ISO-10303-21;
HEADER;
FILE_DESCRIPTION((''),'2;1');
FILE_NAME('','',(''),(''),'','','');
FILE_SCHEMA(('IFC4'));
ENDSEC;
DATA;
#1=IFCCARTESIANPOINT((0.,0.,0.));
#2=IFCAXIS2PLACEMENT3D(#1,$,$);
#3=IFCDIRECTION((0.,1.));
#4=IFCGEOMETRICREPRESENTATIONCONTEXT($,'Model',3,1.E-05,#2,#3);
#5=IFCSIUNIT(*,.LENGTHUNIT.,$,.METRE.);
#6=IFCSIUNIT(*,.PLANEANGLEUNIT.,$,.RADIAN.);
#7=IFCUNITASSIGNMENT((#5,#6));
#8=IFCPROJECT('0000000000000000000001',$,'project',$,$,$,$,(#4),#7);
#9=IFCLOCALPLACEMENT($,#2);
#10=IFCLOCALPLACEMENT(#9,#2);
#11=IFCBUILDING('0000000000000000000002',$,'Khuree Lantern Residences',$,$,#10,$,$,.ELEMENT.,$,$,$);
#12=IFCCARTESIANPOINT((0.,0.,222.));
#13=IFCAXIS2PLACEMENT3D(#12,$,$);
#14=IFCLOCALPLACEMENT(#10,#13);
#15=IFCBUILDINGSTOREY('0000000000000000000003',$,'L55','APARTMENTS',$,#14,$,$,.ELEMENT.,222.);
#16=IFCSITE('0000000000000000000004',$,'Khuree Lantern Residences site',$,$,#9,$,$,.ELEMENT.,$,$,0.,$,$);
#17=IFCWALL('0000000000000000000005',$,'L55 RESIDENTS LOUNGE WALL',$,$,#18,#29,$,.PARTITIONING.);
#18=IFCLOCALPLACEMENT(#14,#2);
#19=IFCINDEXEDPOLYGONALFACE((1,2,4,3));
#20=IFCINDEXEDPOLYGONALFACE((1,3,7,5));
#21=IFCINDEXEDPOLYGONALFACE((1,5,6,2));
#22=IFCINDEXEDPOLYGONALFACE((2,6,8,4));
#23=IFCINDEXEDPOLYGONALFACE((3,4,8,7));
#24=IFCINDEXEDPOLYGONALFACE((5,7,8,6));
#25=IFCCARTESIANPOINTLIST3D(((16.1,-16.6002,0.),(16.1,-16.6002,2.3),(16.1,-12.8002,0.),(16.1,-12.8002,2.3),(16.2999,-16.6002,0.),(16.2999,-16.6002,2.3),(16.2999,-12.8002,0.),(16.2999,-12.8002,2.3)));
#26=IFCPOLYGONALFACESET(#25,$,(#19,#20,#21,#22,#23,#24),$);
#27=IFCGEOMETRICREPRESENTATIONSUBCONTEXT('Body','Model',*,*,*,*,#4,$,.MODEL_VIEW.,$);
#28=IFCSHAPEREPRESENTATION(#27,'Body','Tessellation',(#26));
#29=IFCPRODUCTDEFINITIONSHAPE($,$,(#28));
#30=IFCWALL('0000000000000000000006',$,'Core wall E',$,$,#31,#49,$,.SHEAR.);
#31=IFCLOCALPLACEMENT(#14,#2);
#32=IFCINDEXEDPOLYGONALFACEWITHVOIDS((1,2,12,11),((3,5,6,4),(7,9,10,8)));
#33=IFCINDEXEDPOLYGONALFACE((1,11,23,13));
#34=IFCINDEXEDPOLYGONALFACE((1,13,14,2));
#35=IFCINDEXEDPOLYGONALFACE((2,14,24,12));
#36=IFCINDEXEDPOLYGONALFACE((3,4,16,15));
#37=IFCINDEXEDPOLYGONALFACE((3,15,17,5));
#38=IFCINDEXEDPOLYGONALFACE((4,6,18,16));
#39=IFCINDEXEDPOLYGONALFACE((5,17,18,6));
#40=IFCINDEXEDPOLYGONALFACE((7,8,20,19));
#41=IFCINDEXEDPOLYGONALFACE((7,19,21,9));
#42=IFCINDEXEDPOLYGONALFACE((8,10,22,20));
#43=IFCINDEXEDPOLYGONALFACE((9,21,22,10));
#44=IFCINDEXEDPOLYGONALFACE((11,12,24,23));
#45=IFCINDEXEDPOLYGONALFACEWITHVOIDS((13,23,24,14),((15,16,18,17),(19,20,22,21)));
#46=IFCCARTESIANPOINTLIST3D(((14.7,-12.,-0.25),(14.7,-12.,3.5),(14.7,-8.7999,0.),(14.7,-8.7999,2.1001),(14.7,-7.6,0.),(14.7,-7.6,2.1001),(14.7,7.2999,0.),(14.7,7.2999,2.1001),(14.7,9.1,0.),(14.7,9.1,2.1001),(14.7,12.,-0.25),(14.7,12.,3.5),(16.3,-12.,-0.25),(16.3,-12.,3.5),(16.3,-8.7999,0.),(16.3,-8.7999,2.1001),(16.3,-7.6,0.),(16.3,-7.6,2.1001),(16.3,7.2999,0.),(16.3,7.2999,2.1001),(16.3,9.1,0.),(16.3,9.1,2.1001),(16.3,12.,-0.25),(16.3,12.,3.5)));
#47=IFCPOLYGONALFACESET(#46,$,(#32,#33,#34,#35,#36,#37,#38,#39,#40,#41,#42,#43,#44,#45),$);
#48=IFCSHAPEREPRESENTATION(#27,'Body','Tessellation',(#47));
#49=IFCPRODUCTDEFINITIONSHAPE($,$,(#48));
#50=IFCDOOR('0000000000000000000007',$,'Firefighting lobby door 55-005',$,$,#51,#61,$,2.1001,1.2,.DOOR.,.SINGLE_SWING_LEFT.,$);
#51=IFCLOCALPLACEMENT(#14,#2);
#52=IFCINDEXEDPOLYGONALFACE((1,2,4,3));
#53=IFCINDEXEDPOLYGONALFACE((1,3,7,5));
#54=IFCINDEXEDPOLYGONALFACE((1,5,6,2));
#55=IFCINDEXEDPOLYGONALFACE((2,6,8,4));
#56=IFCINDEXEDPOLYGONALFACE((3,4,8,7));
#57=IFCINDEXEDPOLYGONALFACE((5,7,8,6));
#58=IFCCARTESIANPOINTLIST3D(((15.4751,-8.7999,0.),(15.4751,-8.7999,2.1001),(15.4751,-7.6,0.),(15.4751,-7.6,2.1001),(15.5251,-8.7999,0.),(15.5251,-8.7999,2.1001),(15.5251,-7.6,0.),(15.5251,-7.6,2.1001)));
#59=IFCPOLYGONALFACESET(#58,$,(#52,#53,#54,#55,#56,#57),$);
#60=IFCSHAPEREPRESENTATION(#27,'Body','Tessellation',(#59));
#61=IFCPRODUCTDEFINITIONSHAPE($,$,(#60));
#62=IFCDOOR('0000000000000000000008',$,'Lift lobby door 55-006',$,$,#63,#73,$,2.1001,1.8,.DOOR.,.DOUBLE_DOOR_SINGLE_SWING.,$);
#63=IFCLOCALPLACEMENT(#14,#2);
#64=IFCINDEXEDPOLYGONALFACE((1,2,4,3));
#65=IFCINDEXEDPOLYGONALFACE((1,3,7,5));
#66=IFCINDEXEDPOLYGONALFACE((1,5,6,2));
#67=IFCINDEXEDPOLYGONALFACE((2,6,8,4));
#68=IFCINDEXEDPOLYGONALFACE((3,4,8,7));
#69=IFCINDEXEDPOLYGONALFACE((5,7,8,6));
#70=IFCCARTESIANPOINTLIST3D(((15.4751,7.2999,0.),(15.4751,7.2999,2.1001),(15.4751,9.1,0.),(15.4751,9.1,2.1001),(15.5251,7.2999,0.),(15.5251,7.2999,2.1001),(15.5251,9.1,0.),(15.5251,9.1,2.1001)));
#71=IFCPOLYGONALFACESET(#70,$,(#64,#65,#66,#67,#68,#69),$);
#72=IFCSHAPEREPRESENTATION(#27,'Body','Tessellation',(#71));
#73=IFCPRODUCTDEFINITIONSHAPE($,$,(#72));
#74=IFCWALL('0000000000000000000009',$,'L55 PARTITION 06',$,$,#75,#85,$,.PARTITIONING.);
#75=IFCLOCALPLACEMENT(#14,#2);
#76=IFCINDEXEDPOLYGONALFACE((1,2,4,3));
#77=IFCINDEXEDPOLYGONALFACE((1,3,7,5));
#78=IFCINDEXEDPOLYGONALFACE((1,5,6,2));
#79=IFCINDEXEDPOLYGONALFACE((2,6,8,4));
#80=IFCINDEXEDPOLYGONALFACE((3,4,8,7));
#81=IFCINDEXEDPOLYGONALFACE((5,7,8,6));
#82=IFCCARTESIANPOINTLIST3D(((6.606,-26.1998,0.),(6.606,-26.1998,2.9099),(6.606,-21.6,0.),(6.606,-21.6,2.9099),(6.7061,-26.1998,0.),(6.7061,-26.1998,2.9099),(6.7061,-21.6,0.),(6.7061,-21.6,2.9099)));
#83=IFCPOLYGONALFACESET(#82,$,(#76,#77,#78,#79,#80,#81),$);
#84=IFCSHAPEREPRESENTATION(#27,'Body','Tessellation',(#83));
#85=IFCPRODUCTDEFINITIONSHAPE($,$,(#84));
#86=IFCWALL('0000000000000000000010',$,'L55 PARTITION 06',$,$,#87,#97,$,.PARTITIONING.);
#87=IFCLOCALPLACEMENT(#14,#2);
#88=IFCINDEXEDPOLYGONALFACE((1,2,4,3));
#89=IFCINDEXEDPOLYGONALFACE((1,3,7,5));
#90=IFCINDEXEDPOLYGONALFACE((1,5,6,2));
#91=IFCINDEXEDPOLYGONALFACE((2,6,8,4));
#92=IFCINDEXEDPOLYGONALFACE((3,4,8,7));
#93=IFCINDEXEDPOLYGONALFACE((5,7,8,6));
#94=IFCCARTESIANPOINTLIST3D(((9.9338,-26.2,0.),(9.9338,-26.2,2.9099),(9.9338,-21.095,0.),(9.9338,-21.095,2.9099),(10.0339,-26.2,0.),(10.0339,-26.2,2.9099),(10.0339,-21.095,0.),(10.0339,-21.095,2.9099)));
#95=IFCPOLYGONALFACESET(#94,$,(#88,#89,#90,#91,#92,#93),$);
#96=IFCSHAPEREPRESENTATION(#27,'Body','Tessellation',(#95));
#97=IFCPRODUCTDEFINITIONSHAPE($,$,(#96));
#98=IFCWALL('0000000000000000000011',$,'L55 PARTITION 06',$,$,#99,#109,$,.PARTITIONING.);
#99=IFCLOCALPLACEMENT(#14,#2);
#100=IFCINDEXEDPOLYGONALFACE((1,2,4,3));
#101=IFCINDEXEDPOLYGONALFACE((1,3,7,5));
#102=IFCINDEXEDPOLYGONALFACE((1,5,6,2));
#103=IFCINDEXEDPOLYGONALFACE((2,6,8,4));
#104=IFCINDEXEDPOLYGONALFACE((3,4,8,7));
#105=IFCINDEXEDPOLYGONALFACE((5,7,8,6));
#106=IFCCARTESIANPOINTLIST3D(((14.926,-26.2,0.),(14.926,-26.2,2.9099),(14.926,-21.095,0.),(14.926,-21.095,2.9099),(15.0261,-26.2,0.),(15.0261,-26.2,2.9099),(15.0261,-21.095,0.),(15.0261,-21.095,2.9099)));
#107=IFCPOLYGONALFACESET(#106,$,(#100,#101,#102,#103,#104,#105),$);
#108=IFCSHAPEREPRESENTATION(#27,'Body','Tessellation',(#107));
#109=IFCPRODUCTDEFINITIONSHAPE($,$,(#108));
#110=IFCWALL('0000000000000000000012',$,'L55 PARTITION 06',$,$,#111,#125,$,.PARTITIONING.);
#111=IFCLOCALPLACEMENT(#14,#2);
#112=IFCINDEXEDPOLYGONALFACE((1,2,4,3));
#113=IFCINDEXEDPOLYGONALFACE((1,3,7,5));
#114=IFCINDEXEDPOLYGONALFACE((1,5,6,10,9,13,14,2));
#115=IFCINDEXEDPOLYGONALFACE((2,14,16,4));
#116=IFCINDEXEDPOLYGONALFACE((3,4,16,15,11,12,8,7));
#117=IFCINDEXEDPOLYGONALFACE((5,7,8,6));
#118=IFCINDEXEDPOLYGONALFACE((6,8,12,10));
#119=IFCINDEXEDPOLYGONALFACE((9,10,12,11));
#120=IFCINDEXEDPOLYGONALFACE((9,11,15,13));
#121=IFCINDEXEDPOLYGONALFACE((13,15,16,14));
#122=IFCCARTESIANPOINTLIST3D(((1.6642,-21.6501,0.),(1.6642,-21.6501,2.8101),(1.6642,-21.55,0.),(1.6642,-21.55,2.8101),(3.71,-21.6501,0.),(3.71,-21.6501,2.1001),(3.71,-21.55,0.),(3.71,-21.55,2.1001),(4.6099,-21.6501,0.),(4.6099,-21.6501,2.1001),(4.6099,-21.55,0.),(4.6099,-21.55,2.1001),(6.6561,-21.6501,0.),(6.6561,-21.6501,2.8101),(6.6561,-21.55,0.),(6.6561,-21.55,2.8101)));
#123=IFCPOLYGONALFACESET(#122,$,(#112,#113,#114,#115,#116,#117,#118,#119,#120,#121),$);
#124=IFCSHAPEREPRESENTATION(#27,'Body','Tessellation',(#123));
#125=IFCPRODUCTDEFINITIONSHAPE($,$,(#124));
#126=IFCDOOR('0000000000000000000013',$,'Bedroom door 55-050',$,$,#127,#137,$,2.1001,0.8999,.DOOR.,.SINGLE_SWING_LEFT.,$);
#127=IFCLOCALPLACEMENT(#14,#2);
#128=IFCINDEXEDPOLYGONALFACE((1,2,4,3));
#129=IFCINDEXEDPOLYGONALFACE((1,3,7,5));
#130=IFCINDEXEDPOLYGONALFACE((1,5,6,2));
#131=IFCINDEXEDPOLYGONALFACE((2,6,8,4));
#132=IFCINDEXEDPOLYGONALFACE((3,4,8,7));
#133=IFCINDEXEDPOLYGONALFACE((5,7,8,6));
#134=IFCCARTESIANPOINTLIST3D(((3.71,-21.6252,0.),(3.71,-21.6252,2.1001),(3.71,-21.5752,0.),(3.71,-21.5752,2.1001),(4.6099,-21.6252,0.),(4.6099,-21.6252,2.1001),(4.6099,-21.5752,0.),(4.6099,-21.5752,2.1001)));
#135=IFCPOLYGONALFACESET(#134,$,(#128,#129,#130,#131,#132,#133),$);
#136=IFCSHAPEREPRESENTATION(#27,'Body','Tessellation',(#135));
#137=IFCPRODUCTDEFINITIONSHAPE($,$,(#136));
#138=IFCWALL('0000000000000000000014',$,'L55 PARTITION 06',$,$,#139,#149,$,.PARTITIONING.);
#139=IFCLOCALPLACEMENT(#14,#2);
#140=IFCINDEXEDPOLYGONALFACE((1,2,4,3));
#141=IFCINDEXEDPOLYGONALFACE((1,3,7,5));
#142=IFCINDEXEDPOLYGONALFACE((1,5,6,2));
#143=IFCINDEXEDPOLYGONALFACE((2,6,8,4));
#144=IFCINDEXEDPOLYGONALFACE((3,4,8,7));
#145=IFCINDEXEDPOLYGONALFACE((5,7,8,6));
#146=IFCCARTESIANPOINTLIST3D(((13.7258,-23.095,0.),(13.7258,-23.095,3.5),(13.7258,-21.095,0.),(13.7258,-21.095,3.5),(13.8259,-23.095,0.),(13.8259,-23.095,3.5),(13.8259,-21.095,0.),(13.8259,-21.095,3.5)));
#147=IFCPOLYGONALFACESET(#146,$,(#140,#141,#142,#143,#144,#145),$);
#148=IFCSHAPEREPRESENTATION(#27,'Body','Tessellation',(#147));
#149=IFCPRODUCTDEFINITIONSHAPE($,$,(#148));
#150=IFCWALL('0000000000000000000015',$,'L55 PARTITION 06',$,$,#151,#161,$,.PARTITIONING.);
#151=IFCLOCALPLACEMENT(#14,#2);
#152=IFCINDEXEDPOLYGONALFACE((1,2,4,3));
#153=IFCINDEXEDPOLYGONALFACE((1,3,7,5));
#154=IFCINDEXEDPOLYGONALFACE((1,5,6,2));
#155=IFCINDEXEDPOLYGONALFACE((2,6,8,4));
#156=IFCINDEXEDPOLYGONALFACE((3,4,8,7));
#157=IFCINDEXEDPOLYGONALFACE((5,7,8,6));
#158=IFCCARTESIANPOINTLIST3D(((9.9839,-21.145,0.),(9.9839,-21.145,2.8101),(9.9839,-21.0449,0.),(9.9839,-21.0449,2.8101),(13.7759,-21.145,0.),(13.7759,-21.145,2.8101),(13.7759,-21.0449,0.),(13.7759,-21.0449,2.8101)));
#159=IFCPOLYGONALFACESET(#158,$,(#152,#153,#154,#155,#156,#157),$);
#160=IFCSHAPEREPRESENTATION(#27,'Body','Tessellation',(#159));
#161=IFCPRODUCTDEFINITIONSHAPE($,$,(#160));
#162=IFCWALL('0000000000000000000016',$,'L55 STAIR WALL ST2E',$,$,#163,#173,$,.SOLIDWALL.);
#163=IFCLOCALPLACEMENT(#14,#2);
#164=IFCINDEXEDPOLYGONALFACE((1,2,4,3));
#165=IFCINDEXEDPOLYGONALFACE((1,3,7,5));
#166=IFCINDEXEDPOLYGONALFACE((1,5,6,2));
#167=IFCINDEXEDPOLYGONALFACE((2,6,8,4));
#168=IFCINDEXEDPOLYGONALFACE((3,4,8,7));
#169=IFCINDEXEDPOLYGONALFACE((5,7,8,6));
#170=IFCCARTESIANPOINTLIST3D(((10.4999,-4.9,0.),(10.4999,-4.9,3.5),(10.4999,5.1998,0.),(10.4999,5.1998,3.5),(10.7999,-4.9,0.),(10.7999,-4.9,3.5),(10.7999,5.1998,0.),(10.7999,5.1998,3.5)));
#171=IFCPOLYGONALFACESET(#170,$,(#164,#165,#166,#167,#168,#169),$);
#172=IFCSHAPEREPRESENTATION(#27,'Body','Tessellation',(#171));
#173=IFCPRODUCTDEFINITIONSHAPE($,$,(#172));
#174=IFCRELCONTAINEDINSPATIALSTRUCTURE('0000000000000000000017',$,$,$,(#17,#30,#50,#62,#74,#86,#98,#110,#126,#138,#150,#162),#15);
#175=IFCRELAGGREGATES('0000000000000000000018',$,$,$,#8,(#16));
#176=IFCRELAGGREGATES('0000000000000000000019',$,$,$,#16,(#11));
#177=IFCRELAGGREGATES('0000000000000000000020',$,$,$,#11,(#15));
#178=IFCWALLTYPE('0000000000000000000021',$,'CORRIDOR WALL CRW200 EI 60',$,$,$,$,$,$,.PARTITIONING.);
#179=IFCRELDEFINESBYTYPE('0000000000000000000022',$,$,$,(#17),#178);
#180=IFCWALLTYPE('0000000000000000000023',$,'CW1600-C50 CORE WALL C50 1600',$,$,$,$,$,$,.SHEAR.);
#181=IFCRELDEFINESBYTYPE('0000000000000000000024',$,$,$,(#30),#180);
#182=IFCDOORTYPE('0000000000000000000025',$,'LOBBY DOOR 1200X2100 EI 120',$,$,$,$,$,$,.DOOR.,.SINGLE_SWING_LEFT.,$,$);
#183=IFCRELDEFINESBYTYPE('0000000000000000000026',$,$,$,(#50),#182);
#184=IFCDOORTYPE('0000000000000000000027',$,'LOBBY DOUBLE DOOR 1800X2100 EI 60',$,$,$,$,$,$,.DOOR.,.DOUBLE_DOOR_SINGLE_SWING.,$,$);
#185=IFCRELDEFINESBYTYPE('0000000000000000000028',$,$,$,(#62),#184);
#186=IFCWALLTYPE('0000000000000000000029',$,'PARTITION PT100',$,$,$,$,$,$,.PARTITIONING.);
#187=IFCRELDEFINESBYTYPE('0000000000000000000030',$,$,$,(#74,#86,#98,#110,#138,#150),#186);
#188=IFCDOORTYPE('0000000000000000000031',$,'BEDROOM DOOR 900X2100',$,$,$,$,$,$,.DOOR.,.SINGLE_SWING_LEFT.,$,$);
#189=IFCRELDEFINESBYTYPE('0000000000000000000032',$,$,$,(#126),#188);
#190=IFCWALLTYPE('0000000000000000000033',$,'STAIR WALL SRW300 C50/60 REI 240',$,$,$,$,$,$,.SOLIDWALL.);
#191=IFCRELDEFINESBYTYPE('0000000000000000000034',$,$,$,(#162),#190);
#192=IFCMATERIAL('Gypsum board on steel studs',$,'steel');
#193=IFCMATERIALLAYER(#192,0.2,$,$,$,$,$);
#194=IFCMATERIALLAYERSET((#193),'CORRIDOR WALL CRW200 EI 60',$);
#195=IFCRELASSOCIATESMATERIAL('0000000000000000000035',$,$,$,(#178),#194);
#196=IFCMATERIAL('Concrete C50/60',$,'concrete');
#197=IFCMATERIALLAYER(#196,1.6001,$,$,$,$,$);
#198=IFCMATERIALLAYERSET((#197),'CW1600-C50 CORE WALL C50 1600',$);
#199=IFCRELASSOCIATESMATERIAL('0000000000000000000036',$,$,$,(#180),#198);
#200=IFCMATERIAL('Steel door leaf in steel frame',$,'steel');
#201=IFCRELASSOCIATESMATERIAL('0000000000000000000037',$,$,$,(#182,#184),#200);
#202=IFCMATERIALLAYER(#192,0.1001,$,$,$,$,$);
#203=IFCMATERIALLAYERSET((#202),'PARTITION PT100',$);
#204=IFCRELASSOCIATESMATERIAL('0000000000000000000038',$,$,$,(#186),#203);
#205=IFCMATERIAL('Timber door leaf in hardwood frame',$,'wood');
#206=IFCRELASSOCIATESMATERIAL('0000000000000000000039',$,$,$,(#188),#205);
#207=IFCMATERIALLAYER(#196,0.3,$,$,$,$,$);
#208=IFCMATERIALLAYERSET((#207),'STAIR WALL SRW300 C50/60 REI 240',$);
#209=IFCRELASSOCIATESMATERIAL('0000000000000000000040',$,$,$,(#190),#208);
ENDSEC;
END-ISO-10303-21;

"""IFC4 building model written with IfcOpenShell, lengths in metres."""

from ifc_helpers import new_model, si_unit, direction, frame, frame_2d, origin, place, context, subcontext, project, spatial, rectangle, extrude, material, layer, layer_set, type_object, element, fill, save


model = new_model("IFC4")

# Units and contexts
model_context = context("Model", 3, precision=1e-05, world=origin(), true_north=direction((0.0, 1.0)))
body_context = subcontext(model_context, "Body", "Model", "MODEL_VIEW")
ifc_project = project(units=[si_unit("LENGTHUNIT", "METRE"), si_unit("PLANEANGLEUNIT", "RADIAN")], contexts=[model_context])

# Site, building, storey
site_placement = place(None, origin())
site = spatial("IfcSite", under=ifc_project, at=site_placement, Name="Khuree Lantern Residences site", CompositionType="ELEMENT", RefElevation=0.0)
building_placement = place(site_placement, origin())
building = spatial("IfcBuilding", under=site, at=building_placement, Name="Khuree Lantern Residences", CompositionType="ELEMENT")
storey_placement = place(building_placement, frame((0.0, 0.0, 222.0)))
storey = spatial("IfcBuildingStorey", under=building, at=storey_placement, Name="L55", Description="APARTMENTS", CompositionType="ELEMENT", Elevation=222.0)

# Shared definitions
ifc_material_1 = material(Name="Concrete C50/60", Category="concrete")

# Shared definitions
ifc_material_2 = material(Name="Timber door leaf in hardwood frame", Category="wood")

# Wall
ifc_material_3 = material(Name="Gypsum board on steel studs", Category="steel")
ifc_layer_1 = layer(ifc_material_3, 0.2)
ifc_layer_set_1 = layer_set([ifc_layer_1], Name="CORRIDOR WALL CRW200 EI 60")
wall_type_1 = type_object("IfcWallType", Name="CORRIDOR WALL CRW200 EI 60", PredefinedType="PARTITIONING", material=ifc_layer_set_1)
wall_1_placement = place(storey_placement, frame((16.2, -16.6001, 0.0), z_axis=(0.0, 0.0, 1.0), x_axis=(0.0, 1.0, 0.0)))
element("IfcWall", 1, at=wall_1_placement, inside=storey, type_object=wall_type_1, Name="L55 RESIDENTS LOUNGE WALL", PredefinedType="PARTITIONING", context=body_context, shape_type="SweptSolid", body=[
    extrude(rectangle(XDim=3.8, YDim=0.2, at=frame_2d((1.8999, 0.0))), origin(), (0.0, 0.0, 1.0), 2.3),
])

# Wall, openings, doors
ifc_layer_2 = layer(ifc_material_1, 1.6001)
ifc_layer_set_2 = layer_set([ifc_layer_2], Name="CW1600-C50 CORE WALL C50 1600")
wall_type_2 = type_object("IfcWallType", Name="CW1600-C50 CORE WALL C50 1600", PredefinedType="SHEAR", material=ifc_layer_set_2)
wall_2_placement = place(storey_placement, frame((15.5, -12.0, -0.25), z_axis=(0.0, 0.0, 1.0), x_axis=(0.0, 1.0, 0.0)))
wall_2 = element("IfcWall", 2, at=wall_2_placement, inside=storey, type_object=wall_type_2, Name="Core wall E", PredefinedType="SHEAR", context=body_context, shape_type="SweptSolid", body=[
    extrude(rectangle(XDim=24.0, YDim=1.6001, at=frame_2d((12.0, 0.0))), origin(), (0.0, 0.0, 1.0), 3.75),
])
opening_1_placement = place(wall_2_placement, frame((3.2, 0.0, 0.25)))
opening_1 = element("IfcOpeningElement", 3, at=opening_1_placement, cuts=wall_2, PredefinedType="OPENING", context=body_context, shape_type="SweptSolid", body=[
    extrude(rectangle(XDim=1.2, YDim=2.1001, at=frame_2d((0.6001, 1.05))), frame((0.0, 0.8101, 0.0), z_axis=(0.0, -1.0, 0.0), x_axis=(1.0, 0.0, 0.0)), (0.0, 0.0, 1.0), 1.6201),
])
opening_2_placement = place(wall_2_placement, frame((19.3, 0.0, 0.25)))
opening_2 = element("IfcOpeningElement", 4, at=opening_2_placement, cuts=wall_2, PredefinedType="OPENING", context=body_context, shape_type="SweptSolid", body=[
    extrude(rectangle(XDim=1.8, YDim=2.1001, at=frame_2d((0.8999, 1.05))), frame((0.0, 0.8101, 0.0), z_axis=(0.0, -1.0, 0.0), x_axis=(1.0, 0.0, 0.0)), (0.0, 0.0, 1.0), 1.6201),
])
ifc_material_4 = material(Name="Steel door leaf in steel frame", Category="steel")
door_type_1 = type_object("IfcDoorType", Name="LOBBY DOOR 1200X2100 EI 120", OperationType="SINGLE_SWING_LEFT", PredefinedType="DOOR", material=ifc_material_4)
door_1_placement = place(opening_1_placement, origin())
door_1 = element("IfcDoor", 5, at=door_1_placement, inside=storey, type_object=door_type_1, Name="Firefighting lobby door 55-005", OperationType="SINGLE_SWING_LEFT", OverallHeight=2.1001, OverallWidth=1.2, PredefinedType="DOOR", context=body_context, shape_type="SweptSolid", body=[
    extrude(rectangle(XDim=1.2, YDim=2.1001, at=frame_2d((0.6001, 1.05))), frame((0.0, 0.0249, 0.0), z_axis=(0.0, -1.0, 0.0), x_axis=(1.0, 0.0, 0.0)), (0.0, 0.0, 1.0), 0.05),
])
fill(opening_1, door_1)
door_type_2 = type_object("IfcDoorType", Name="LOBBY DOUBLE DOOR 1800X2100 EI 60", OperationType="DOUBLE_DOOR_SINGLE_SWING", PredefinedType="DOOR", material=ifc_material_4)
door_2_placement = place(opening_2_placement, origin())
door_2 = element("IfcDoor", 6, at=door_2_placement, inside=storey, type_object=door_type_2, Name="Lift lobby door 55-006", OperationType="DOUBLE_DOOR_SINGLE_SWING", OverallHeight=2.1001, OverallWidth=1.8, PredefinedType="DOOR", context=body_context, shape_type="SweptSolid", body=[
    extrude(rectangle(XDim=1.8, YDim=2.1001, at=frame_2d((0.8999, 1.05))), frame((0.0, 0.0249, 0.0), z_axis=(0.0, -1.0, 0.0), x_axis=(1.0, 0.0, 0.0)), (0.0, 0.0, 1.0), 0.05),
])
fill(opening_2, door_2)

# Walls
ifc_layer_3 = layer(ifc_material_3, 0.1001)
ifc_layer_set_3 = layer_set([ifc_layer_3], Name="PARTITION PT100")
wall_type_3 = type_object("IfcWallType", Name="PARTITION PT100", PredefinedType="PARTITIONING", material=ifc_layer_set_3)
wall_3_placement = place(storey_placement, frame((6.656, -21.6001, 0.0), z_axis=(0.0, 0.0, 1.0), x_axis=(0.0, -1.0, 0.0)))
element("IfcWall", 7, at=wall_3_placement, inside=storey, type_object=wall_type_3, Name="L55 PARTITION 06", PredefinedType="PARTITIONING", context=body_context, shape_type="SweptSolid", body=[
    extrude(rectangle(XDim=4.5999, YDim=0.1001, at=frame_2d((2.2998, 0.0))), origin(), (0.0, 0.0, 1.0), 2.9099),
])
for number, where, z_axis, x_axis, name in (
    (8, (9.9839, -21.095, 0.0), (0.0, 0.0, 1.0), (0.0, -1.0, 0.0), "L55 PARTITION 06"),
    (9, (14.9761, -21.095, 0.0), (0.0, 0.0, 1.0), (0.0, -1.0, 0.0), "L55 PARTITION 06"),
):
    element("IfcWall", number, at=place(storey_placement, frame(where, z_axis=z_axis, x_axis=x_axis)), inside=storey, type_object=wall_type_3, Name=name, PredefinedType="PARTITIONING", context=body_context, shape_type="SweptSolid", body=[
        extrude(rectangle(XDim=5.105, YDim=0.1001, at=frame_2d((2.5525, 0.0))), origin(), (0.0, 0.0, 1.0), 2.9099),
    ])

# Wall, opening, door
wall_4_placement = place(storey_placement, frame((1.6641, -21.6001, 0.0), z_axis=(0.0, 0.0, 1.0), x_axis=(1.0, 0.0, 0.0)))
wall_4 = element("IfcWall", 10, at=wall_4_placement, inside=storey, type_object=wall_type_3, Name="L55 PARTITION 06", PredefinedType="PARTITIONING", context=body_context, shape_type="SweptSolid", body=[
    extrude(rectangle(XDim=4.9919, YDim=0.1001, at=frame_2d((2.4961, 0.0))), origin(), (0.0, 0.0, 1.0), 2.8101),
])
opening_3_placement = place(wall_4_placement, frame((2.0459, 0.0, 0.0)))
opening_3 = element("IfcOpeningElement", 11, at=opening_3_placement, cuts=wall_4, PredefinedType="OPENING", context=body_context, shape_type="SweptSolid", body=[
    extrude(rectangle(XDim=0.8999, YDim=2.1001, at=frame_2d((0.45, 1.05))), frame((0.0, 0.0601, 0.0), z_axis=(0.0, -1.0, 0.0), x_axis=(1.0, 0.0, 0.0)), (0.0, 0.0, 1.0), 0.1201),
])
door_type_3 = type_object("IfcDoorType", Name="BEDROOM DOOR 900X2100", OperationType="SINGLE_SWING_LEFT", PredefinedType="DOOR", material=ifc_material_2)
door_3_placement = place(opening_3_placement, origin())
door_3 = element("IfcDoor", 12, at=door_3_placement, inside=storey, type_object=door_type_3, Name="Bedroom door 55-050", OperationType="SINGLE_SWING_LEFT", OverallHeight=2.1001, OverallWidth=0.8999, PredefinedType="DOOR", context=body_context, shape_type="SweptSolid", body=[
    extrude(rectangle(XDim=0.8999, YDim=2.1001, at=frame_2d((0.45, 1.05))), frame((0.0, 0.0249, 0.0), z_axis=(0.0, -1.0, 0.0), x_axis=(1.0, 0.0, 0.0)), (0.0, 0.0, 1.0), 0.05),
])
fill(opening_3, door_3)

# Walls
wall_5_placement = place(storey_placement, frame((13.7759, -21.095, 0.0), z_axis=(0.0, 0.0, 1.0), x_axis=(0.0, -1.0, 0.0)))
element("IfcWall", 13, at=wall_5_placement, inside=storey, type_object=wall_type_3, Name="L55 PARTITION 06", PredefinedType="PARTITIONING", context=body_context, shape_type="SweptSolid", body=[
    extrude(rectangle(XDim=2.0, YDim=0.1001, at=frame_2d((1.0, 0.0))), origin(), (0.0, 0.0, 1.0), 3.5),
])
wall_6_placement = place(storey_placement, frame((9.9839, -21.095, 0.0), z_axis=(0.0, 0.0, 1.0), x_axis=(1.0, 0.0, 0.0)))
element("IfcWall", 14, at=wall_6_placement, inside=storey, type_object=wall_type_3, Name="L55 PARTITION 06", PredefinedType="PARTITIONING", context=body_context, shape_type="SweptSolid", body=[
    extrude(rectangle(XDim=3.792, YDim=0.1001, at=frame_2d((1.896, 0.0))), origin(), (0.0, 0.0, 1.0), 2.8101),
])
ifc_layer_4 = layer(ifc_material_1, 0.3)
ifc_layer_set_4 = layer_set([ifc_layer_4], Name="STAIR WALL SRW300 C50/60 REI 240")
wall_type_4 = type_object("IfcWallType", Name="STAIR WALL SRW300 C50/60 REI 240", PredefinedType="SOLIDWALL", material=ifc_layer_set_4)
wall_7_placement = place(storey_placement, frame((10.6499, -4.8999, 0.0), z_axis=(0.0, 0.0, 1.0), x_axis=(0.0, 1.0, 0.0)))
element("IfcWall", 15, at=wall_7_placement, inside=storey, type_object=wall_type_4, Name="L55 STAIR WALL ST2E", PredefinedType="SOLIDWALL", context=body_context, shape_type="SweptSolid", body=[
    extrude(rectangle(XDim=10.0999, YDim=0.3, at=frame_2d((5.0498, 0.0))), origin(), (0.0, 0.0, 1.0), 3.5),
])

save(model, "model.ifc")
